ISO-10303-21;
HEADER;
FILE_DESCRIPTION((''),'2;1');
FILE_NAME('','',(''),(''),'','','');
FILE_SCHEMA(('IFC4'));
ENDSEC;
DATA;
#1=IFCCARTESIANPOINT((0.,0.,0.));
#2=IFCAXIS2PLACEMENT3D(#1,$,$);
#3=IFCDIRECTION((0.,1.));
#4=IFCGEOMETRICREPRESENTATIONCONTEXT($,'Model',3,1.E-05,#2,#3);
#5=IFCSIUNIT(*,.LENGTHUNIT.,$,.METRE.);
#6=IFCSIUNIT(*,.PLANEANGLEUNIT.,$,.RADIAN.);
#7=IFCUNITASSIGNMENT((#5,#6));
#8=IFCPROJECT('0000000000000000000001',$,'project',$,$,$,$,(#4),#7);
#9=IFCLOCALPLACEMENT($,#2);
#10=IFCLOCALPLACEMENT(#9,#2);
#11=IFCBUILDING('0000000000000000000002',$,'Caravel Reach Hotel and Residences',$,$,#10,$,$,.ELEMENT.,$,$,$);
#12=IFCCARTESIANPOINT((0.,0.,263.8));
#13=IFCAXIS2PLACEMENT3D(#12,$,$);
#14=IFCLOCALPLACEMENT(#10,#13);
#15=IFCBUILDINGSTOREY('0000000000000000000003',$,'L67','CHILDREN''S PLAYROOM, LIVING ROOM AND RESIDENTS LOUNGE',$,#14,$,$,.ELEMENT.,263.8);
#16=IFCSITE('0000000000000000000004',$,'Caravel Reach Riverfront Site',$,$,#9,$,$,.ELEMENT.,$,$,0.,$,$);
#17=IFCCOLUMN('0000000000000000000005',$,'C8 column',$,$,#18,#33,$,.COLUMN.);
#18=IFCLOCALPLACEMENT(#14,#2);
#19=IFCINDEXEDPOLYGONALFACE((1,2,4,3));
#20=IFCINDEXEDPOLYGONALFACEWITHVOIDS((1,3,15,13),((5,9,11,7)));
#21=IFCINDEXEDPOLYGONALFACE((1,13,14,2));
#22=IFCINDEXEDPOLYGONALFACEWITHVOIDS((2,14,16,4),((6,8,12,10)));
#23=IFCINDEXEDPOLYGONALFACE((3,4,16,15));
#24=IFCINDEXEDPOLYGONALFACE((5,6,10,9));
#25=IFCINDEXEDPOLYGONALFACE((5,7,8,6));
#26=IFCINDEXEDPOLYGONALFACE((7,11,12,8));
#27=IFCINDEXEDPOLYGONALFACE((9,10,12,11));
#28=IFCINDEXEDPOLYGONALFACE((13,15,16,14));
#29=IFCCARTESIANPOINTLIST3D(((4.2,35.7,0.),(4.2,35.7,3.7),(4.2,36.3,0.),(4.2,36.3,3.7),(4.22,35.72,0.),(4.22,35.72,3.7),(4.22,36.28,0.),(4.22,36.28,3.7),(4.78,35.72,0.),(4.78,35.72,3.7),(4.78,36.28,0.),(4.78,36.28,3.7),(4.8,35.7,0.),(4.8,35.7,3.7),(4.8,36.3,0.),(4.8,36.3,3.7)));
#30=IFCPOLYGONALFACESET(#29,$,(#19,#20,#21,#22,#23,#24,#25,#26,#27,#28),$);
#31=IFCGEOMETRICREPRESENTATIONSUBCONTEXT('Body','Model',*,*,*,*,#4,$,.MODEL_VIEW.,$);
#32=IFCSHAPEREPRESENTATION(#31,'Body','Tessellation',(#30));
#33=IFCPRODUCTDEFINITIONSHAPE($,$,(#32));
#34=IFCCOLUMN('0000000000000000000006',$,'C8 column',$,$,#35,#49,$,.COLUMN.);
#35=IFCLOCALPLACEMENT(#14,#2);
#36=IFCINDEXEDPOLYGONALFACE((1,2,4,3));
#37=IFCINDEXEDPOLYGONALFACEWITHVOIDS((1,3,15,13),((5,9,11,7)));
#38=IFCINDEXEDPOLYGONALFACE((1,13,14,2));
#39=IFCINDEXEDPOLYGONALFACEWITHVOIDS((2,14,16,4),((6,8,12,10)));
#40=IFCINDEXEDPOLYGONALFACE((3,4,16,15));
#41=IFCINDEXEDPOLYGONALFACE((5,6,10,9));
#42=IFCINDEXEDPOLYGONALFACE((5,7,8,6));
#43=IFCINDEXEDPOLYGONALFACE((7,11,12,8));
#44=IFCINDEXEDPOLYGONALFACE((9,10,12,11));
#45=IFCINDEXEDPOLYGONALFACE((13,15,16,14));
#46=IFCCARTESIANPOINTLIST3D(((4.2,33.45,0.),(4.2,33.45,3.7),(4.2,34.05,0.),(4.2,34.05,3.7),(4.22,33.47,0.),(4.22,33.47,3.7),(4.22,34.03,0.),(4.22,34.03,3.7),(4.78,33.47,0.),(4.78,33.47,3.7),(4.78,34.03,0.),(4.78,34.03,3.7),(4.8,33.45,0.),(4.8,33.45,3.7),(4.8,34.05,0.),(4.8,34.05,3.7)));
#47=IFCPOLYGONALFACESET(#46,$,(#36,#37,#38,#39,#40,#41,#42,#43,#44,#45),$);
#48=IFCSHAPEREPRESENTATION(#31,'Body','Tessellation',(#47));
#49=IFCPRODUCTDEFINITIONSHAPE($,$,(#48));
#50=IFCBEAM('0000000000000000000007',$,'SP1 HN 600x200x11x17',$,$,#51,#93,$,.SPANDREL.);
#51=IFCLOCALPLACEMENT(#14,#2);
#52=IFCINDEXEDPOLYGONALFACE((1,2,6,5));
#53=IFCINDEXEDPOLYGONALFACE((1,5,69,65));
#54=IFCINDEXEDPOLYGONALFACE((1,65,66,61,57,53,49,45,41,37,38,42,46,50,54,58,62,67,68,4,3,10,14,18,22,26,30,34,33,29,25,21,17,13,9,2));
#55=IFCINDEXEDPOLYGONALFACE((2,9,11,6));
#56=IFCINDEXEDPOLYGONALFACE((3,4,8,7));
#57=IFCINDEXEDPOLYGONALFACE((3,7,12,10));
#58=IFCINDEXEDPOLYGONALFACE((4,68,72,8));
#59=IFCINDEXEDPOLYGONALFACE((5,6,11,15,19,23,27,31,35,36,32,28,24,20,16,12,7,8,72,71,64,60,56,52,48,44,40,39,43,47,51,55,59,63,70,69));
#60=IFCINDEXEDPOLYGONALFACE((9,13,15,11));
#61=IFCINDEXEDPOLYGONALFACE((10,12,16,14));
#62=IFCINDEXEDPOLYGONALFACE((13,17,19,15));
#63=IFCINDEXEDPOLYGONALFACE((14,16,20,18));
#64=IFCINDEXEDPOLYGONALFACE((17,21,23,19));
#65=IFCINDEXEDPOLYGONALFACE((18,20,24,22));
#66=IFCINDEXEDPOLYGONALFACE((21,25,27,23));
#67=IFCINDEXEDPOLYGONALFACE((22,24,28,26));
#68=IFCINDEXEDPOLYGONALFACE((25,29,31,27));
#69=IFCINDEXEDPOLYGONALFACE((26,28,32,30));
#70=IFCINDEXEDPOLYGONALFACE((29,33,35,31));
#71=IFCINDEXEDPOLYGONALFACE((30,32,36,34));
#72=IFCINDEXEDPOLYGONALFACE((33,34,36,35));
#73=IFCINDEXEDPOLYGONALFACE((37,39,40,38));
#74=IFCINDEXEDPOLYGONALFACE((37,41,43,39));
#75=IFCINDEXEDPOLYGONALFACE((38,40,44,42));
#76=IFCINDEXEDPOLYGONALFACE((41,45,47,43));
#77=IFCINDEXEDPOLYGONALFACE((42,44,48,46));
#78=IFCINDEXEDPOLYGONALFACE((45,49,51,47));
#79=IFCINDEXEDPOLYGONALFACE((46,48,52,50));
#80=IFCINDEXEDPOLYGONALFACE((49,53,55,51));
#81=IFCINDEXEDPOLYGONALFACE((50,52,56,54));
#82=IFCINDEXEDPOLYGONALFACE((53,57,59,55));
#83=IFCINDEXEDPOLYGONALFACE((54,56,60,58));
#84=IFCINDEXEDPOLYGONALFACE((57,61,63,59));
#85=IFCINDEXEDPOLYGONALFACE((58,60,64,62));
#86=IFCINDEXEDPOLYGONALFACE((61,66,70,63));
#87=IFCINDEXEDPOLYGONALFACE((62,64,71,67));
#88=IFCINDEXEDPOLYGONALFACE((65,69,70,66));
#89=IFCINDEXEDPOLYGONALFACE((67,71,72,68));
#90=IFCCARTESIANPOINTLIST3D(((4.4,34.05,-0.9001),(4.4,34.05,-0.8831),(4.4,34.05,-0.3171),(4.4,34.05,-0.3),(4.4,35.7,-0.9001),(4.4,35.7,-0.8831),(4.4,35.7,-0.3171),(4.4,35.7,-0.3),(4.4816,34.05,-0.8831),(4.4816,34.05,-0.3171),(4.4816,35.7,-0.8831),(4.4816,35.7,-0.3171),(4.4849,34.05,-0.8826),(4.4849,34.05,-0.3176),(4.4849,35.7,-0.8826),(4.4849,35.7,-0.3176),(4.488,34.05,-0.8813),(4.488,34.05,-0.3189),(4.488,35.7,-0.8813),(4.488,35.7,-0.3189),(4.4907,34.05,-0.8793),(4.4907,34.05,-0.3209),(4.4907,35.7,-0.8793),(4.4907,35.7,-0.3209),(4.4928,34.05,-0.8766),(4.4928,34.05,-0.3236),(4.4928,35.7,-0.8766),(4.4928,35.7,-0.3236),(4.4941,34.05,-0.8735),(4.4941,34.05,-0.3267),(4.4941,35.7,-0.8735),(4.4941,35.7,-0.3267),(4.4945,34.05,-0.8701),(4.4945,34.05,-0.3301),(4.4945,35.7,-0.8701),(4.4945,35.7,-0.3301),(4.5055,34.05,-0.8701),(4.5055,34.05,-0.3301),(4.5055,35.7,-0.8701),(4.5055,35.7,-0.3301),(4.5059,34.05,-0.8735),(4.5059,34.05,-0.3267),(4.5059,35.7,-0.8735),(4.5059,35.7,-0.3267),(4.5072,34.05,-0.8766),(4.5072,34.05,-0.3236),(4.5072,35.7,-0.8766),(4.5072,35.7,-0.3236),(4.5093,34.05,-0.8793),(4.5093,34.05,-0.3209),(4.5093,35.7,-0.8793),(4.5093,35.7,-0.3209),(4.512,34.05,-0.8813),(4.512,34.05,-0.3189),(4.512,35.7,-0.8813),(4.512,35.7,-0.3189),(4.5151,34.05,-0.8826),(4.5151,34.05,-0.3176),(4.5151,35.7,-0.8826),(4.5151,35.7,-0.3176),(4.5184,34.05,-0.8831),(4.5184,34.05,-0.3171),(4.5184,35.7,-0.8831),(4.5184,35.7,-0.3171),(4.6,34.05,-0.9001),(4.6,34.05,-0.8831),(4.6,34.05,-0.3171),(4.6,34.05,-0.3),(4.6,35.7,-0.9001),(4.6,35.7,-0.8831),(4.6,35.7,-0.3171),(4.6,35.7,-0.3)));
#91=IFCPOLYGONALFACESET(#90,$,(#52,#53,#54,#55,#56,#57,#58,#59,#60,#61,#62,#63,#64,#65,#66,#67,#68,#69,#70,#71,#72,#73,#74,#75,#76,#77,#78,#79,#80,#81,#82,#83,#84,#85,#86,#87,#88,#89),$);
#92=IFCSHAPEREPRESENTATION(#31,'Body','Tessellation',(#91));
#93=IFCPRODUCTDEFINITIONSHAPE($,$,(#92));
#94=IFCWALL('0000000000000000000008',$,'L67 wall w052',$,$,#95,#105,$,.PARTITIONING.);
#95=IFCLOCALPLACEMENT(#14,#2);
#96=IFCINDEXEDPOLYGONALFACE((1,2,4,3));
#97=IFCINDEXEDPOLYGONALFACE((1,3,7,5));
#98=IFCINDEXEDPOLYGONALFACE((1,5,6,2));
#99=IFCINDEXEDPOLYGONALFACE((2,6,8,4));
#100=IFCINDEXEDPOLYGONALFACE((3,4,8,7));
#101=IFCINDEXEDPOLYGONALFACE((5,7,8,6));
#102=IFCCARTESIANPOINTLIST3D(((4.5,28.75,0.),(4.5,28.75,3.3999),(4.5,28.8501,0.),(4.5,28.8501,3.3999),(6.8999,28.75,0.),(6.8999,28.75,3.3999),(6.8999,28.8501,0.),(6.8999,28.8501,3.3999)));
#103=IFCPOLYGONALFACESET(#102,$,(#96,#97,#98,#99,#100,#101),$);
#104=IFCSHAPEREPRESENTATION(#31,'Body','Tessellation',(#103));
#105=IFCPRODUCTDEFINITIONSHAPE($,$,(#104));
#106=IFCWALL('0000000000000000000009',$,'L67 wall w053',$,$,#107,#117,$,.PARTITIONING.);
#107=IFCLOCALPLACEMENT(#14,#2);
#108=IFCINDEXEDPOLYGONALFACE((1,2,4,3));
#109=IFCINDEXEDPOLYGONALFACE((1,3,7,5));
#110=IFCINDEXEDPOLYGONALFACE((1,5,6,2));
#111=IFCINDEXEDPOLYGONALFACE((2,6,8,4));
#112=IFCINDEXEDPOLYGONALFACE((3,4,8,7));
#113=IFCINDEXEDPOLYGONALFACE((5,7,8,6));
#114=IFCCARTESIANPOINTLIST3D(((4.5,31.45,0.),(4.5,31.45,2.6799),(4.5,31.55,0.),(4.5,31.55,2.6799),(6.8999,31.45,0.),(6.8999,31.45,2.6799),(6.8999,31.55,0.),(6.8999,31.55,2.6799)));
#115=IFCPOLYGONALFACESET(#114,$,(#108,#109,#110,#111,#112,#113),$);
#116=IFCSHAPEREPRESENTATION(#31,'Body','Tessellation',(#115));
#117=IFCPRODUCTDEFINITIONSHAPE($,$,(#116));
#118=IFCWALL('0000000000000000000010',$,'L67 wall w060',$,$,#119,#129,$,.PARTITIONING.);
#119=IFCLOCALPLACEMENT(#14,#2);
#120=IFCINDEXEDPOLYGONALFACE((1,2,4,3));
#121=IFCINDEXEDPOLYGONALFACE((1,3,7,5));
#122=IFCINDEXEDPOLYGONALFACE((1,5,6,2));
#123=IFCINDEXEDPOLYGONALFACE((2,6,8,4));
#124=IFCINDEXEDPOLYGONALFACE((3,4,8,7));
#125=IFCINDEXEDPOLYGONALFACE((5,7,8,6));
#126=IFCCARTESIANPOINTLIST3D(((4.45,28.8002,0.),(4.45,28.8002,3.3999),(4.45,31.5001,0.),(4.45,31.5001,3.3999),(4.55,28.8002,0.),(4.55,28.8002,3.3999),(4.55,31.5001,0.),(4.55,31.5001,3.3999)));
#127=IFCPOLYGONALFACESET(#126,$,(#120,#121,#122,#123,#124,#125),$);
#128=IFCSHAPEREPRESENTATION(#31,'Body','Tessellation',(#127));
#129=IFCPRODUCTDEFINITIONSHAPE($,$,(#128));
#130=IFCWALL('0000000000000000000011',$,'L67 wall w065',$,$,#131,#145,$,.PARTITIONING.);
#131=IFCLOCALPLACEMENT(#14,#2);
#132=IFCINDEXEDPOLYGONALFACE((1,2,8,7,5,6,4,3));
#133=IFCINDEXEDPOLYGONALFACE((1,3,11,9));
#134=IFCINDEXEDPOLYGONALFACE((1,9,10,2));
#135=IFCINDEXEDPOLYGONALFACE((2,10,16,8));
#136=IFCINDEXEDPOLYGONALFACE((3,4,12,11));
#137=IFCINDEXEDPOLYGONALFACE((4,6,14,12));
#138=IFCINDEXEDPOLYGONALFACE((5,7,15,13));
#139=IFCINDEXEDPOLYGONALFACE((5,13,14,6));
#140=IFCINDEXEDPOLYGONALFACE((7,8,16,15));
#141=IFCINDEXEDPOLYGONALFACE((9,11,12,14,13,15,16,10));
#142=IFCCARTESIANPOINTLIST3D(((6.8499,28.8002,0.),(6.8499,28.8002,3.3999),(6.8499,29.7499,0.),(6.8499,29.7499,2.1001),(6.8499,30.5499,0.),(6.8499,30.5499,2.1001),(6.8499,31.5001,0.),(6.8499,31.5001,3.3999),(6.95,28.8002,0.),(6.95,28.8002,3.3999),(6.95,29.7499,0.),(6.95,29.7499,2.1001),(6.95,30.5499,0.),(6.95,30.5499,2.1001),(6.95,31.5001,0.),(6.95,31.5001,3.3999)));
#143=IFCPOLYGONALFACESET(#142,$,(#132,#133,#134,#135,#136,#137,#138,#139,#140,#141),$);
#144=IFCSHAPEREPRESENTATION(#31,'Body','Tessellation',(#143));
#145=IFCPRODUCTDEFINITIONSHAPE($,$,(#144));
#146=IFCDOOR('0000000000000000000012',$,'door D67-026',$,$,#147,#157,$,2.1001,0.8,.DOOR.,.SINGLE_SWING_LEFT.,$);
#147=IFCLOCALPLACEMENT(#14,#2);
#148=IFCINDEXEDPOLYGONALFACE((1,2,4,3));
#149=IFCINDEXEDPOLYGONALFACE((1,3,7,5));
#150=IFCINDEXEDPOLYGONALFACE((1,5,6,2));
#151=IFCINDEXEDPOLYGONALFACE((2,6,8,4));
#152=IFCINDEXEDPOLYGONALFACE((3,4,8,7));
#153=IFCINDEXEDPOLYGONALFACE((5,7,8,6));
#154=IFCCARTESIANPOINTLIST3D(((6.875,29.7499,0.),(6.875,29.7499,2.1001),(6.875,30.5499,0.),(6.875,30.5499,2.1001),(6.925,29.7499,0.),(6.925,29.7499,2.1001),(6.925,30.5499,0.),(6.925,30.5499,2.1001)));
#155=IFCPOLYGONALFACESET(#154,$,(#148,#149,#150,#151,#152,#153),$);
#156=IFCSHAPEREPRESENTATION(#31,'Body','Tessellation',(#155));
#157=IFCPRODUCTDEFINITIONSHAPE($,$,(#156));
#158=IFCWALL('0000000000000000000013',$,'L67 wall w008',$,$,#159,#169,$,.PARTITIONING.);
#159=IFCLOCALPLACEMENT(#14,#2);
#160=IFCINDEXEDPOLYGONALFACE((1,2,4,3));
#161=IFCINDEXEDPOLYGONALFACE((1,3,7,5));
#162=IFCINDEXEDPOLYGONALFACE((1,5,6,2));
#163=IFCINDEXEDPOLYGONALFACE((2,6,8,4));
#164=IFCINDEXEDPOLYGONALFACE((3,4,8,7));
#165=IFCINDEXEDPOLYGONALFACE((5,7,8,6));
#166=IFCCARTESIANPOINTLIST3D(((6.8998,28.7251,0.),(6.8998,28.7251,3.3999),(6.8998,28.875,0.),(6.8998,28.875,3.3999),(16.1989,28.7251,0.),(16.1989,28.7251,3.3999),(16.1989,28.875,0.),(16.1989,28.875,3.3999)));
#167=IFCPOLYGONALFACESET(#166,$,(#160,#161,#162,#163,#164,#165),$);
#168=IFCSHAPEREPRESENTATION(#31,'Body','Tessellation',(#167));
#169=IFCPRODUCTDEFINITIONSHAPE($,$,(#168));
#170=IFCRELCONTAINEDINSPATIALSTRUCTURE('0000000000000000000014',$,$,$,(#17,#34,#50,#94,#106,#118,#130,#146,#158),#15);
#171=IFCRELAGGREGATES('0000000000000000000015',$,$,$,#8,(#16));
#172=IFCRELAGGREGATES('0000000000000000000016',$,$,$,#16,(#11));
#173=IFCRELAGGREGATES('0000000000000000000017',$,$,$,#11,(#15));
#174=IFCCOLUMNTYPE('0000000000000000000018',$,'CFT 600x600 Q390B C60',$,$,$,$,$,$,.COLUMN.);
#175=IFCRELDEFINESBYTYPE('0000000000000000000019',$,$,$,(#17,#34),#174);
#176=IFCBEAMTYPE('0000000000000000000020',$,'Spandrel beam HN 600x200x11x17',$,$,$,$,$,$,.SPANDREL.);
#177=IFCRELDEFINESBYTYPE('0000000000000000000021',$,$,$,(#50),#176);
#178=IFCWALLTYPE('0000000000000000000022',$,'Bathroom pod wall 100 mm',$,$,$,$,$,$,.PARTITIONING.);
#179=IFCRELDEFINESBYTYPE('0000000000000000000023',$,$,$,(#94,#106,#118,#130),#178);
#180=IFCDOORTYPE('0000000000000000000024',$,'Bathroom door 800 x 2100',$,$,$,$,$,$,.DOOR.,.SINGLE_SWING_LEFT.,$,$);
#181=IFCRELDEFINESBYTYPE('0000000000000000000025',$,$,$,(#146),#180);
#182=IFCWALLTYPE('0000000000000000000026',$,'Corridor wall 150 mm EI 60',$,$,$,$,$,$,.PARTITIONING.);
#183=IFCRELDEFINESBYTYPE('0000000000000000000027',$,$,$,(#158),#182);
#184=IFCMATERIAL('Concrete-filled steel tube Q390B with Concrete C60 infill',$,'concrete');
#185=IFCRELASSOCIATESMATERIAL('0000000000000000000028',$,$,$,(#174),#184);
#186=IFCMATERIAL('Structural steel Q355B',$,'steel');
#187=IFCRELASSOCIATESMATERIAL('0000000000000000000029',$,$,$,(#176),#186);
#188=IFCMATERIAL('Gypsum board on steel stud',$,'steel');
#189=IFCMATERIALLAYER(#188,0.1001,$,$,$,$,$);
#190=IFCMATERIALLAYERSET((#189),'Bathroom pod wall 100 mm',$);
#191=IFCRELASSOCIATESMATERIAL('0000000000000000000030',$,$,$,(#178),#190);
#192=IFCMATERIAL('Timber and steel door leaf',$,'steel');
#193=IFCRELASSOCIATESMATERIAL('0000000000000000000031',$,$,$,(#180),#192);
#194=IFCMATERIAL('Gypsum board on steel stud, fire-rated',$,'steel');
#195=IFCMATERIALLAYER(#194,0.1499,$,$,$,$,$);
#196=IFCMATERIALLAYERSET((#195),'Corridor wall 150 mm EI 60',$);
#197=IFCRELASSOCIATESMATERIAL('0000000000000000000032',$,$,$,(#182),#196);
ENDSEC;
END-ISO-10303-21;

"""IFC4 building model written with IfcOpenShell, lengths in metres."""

from ifc_helpers import new_model, si_unit, direction, frame, frame_2d, origin, origin_2d, place, context, subcontext, project, spatial, rectangle, hollow_rectangle, i_section, extrude, material, layer, layer_set, material_profile, profile_set, type_object, element, fill, save


model = new_model("IFC4")

# Units and contexts
model_context = context("Model", 3, precision=1e-05, world=origin(), true_north=direction((0.0, 1.0)))
body_context = subcontext(model_context, "Body", "Model", "MODEL_VIEW")
ifc_project = project(units=[si_unit("LENGTHUNIT", "METRE"), si_unit("PLANEANGLEUNIT", "RADIAN")], contexts=[model_context])

# Site, building, storey
site_placement = place(None, origin())
site = spatial("IfcSite", under=ifc_project, at=site_placement, Name="Caravel Reach Riverfront Site", CompositionType="ELEMENT", RefElevation=0.0)
building_placement = place(site_placement, origin())
building = spatial("IfcBuilding", under=site, at=building_placement, Name="Caravel Reach Hotel and Residences", CompositionType="ELEMENT")
storey_placement = place(building_placement, frame((0.0, 0.0, 263.8)))
storey = spatial("IfcBuildingStorey", under=building, at=storey_placement, Name="L67", Description="CHILDREN'S PLAYROOM, LIVING ROOM AND RESIDENTS LOUNGE", CompositionType="ELEMENT", Elevation=263.8)

# Columns
ifc_material_1 = material(Name="Concrete-filled steel tube Q390B with Concrete C60 infill", Category="concrete")
ifc_material_profile_1 = material_profile(ifc_material_1, hollow_rectangle(XDim=0.6001, YDim=0.6001, WallThickness=0.02, at=origin_2d()), Name="RHS 600x600x20")
ifc_profile_set_1 = profile_set([ifc_material_profile_1], Name="Concrete-filled steel tube Q390B with Concrete C60 infill")
column_type = type_object("IfcColumnType", Name="CFT 600x600 Q390B C60", PredefinedType="COLUMN", material=ifc_profile_set_1)
for number, where, z_axis, x_axis, name in (
    (1, (4.5, 36.0, 0.0), (0.0, 0.0, 1.0), (1.0, 0.0, 0.0), "C8 column"),
    (2, (4.5, 33.75, 0.0), (0.0, 0.0, 1.0), (1.0, 0.0, 0.0), "C8 column"),
):
    element("IfcColumn", number, at=place(storey_placement, frame(where, z_axis=z_axis, x_axis=x_axis)), inside=storey, type_object=column_type, Name=name, PredefinedType="COLUMN", context=body_context, shape_type="SweptSolid", body=[
        extrude(hollow_rectangle(XDim=0.6001, YDim=0.6001, WallThickness=0.02, at=origin_2d()), origin(), (0.0, 0.0, 1.0), 3.7),
    ])

# Beam
ifc_material_2 = material(Name="Structural steel Q355B", Category="steel")
ifc_material_profile_2 = material_profile(ifc_material_2, i_section(OverallWidth=0.2, OverallDepth=0.6001, WebThickness=0.011, FlangeThickness=0.0171, FilletRadius=0.0129, at=origin_2d()), Name="HN 600x200x11x17")
ifc_profile_set_2 = profile_set([ifc_material_profile_2], Name="Structural steel Q355B")
beam_type = type_object("IfcBeamType", Name="Spandrel beam HN 600x200x11x17", PredefinedType="SPANDREL", material=ifc_profile_set_2)
beam_placement = place(storey_placement, frame((4.5, 35.7, -0.6001), z_axis=(0.0, -1.0, 0.0), x_axis=(1.0, 0.0, 0.0)))
element("IfcBeam", 3, at=beam_placement, inside=storey, type_object=beam_type, Name="SP1 HN 600x200x11x17", PredefinedType="SPANDREL", context=body_context, shape_type="SweptSolid", body=[
    extrude(i_section(OverallWidth=0.2, OverallDepth=0.6001, WebThickness=0.011, FlangeThickness=0.0171, FilletRadius=0.0129, at=origin_2d()), origin(), (0.0, 0.0, 1.0), 1.6499),
])

# Walls
ifc_material_3 = material(Name="Gypsum board on steel stud", Category="steel")
ifc_layer_1 = layer(ifc_material_3, 0.1001)
ifc_layer_set_1 = layer_set([ifc_layer_1], Name="Bathroom pod wall 100 mm")
wall_type_1 = type_object("IfcWallType", Name="Bathroom pod wall 100 mm", PredefinedType="PARTITIONING", material=ifc_layer_set_1)
wall_1_placement = place(storey_placement, frame((4.5, 28.8, 0.0), z_axis=(0.0, 0.0, 1.0), x_axis=(1.0, 0.0, 0.0)))
element("IfcWall", 4, at=wall_1_placement, inside=storey, type_object=wall_type_1, Name="L67 wall w052", PredefinedType="PARTITIONING", context=body_context, shape_type="SweptSolid", body=[
    extrude(rectangle(XDim=2.3999, YDim=0.1001, at=frame_2d((1.2, 0.0))), origin(), (0.0, 0.0, 1.0), 3.3999),
])
wall_2_placement = place(storey_placement, frame((4.5, 31.5, 0.0), z_axis=(0.0, 0.0, 1.0), x_axis=(1.0, 0.0, 0.0)))
element("IfcWall", 5, at=wall_2_placement, inside=storey, type_object=wall_type_1, Name="L67 wall w053", PredefinedType="PARTITIONING", context=body_context, shape_type="SweptSolid", body=[
    extrude(rectangle(XDim=2.3999, YDim=0.1001, at=frame_2d((1.2, 0.0))), origin(), (0.0, 0.0, 1.0), 2.6799),
])
wall_3_placement = place(storey_placement, frame((4.5, 28.8, 0.0), z_axis=(0.0, 0.0, 1.0), x_axis=(0.0, 1.0, 0.0)))
element("IfcWall", 6, at=wall_3_placement, inside=storey, type_object=wall_type_1, Name="L67 wall w060", PredefinedType="PARTITIONING", context=body_context, shape_type="SweptSolid", body=[
    extrude(rectangle(XDim=2.7, YDim=0.1001, at=frame_2d((1.3501, 0.0))), origin(), (0.0, 0.0, 1.0), 3.3999),
])

# Wall, opening, door
wall_4_placement = place(storey_placement, frame((6.8999, 28.8, 0.0), z_axis=(0.0, 0.0, 1.0), x_axis=(0.0, 1.0, 0.0)))
wall_4 = element("IfcWall", 7, at=wall_4_placement, inside=storey, type_object=wall_type_1, Name="L67 wall w065", PredefinedType="PARTITIONING", context=body_context, shape_type="SweptSolid", body=[
    extrude(rectangle(XDim=2.7, YDim=0.1001, at=frame_2d((1.3501, 0.0))), origin(), (0.0, 0.0, 1.0), 3.3999),
])
opening_1_placement = place(wall_4_placement, frame((0.95, 0.0, 0.0)))
opening_1 = element("IfcOpeningElement", 8, at=opening_1_placement, cuts=wall_4, PredefinedType="OPENING", context=body_context, shape_type="SweptSolid", body=[
    extrude(rectangle(XDim=0.8, YDim=2.1001, at=frame_2d((0.3999, 1.05))), frame((0.0, 0.0601, 0.0), z_axis=(0.0, -1.0, 0.0), x_axis=(1.0, 0.0, 0.0)), (0.0, 0.0, 1.0), 0.1201),
])
ifc_material_4 = material(Name="Timber and steel door leaf", Category="steel")
door_type_1 = type_object("IfcDoorType", Name="Bathroom door 800 x 2100", OperationType="SINGLE_SWING_LEFT", PredefinedType="DOOR", material=ifc_material_4)
door_1_placement = place(opening_1_placement, origin())
door_1 = element("IfcDoor", 9, at=door_1_placement, inside=storey, type_object=door_type_1, Name="door D67-026", OperationType="SINGLE_SWING_LEFT", OverallHeight=2.1001, OverallWidth=0.8, PredefinedType="DOOR", context=body_context, shape_type="SweptSolid", body=[
    extrude(rectangle(XDim=0.8, YDim=2.1001, at=frame_2d((0.3999, 1.05))), frame((0.0, 0.0249, 0.0), z_axis=(0.0, -1.0, 0.0), x_axis=(1.0, 0.0, 0.0)), (0.0, 0.0, 1.0), 0.05),
])
fill(opening_1, door_1)

# Wall
ifc_material_5 = material(Name="Gypsum board on steel stud, fire-rated", Category="steel")
ifc_layer_2 = layer(ifc_material_5, 0.1499)
ifc_layer_set_2 = layer_set([ifc_layer_2], Name="Corridor wall 150 mm EI 60")
wall_type_2 = type_object("IfcWallType", Name="Corridor wall 150 mm EI 60", PredefinedType="PARTITIONING", material=ifc_layer_set_2)
wall_5_placement = place(storey_placement, frame((6.8999, 28.8, 0.0), z_axis=(0.0, 0.0, 1.0), x_axis=(1.0, 0.0, 0.0)))
element("IfcWall", 10, at=wall_5_placement, inside=storey, type_object=wall_type_2, Name="L67 wall w008", PredefinedType="PARTITIONING", context=body_context, shape_type="SweptSolid", body=[
    extrude(rectangle(XDim=9.2991, YDim=0.1499, at=frame_2d((4.6494, 0.0))), origin(), (0.0, 0.0, 1.0), 3.3999),
])

save(model, "model.ifc")
